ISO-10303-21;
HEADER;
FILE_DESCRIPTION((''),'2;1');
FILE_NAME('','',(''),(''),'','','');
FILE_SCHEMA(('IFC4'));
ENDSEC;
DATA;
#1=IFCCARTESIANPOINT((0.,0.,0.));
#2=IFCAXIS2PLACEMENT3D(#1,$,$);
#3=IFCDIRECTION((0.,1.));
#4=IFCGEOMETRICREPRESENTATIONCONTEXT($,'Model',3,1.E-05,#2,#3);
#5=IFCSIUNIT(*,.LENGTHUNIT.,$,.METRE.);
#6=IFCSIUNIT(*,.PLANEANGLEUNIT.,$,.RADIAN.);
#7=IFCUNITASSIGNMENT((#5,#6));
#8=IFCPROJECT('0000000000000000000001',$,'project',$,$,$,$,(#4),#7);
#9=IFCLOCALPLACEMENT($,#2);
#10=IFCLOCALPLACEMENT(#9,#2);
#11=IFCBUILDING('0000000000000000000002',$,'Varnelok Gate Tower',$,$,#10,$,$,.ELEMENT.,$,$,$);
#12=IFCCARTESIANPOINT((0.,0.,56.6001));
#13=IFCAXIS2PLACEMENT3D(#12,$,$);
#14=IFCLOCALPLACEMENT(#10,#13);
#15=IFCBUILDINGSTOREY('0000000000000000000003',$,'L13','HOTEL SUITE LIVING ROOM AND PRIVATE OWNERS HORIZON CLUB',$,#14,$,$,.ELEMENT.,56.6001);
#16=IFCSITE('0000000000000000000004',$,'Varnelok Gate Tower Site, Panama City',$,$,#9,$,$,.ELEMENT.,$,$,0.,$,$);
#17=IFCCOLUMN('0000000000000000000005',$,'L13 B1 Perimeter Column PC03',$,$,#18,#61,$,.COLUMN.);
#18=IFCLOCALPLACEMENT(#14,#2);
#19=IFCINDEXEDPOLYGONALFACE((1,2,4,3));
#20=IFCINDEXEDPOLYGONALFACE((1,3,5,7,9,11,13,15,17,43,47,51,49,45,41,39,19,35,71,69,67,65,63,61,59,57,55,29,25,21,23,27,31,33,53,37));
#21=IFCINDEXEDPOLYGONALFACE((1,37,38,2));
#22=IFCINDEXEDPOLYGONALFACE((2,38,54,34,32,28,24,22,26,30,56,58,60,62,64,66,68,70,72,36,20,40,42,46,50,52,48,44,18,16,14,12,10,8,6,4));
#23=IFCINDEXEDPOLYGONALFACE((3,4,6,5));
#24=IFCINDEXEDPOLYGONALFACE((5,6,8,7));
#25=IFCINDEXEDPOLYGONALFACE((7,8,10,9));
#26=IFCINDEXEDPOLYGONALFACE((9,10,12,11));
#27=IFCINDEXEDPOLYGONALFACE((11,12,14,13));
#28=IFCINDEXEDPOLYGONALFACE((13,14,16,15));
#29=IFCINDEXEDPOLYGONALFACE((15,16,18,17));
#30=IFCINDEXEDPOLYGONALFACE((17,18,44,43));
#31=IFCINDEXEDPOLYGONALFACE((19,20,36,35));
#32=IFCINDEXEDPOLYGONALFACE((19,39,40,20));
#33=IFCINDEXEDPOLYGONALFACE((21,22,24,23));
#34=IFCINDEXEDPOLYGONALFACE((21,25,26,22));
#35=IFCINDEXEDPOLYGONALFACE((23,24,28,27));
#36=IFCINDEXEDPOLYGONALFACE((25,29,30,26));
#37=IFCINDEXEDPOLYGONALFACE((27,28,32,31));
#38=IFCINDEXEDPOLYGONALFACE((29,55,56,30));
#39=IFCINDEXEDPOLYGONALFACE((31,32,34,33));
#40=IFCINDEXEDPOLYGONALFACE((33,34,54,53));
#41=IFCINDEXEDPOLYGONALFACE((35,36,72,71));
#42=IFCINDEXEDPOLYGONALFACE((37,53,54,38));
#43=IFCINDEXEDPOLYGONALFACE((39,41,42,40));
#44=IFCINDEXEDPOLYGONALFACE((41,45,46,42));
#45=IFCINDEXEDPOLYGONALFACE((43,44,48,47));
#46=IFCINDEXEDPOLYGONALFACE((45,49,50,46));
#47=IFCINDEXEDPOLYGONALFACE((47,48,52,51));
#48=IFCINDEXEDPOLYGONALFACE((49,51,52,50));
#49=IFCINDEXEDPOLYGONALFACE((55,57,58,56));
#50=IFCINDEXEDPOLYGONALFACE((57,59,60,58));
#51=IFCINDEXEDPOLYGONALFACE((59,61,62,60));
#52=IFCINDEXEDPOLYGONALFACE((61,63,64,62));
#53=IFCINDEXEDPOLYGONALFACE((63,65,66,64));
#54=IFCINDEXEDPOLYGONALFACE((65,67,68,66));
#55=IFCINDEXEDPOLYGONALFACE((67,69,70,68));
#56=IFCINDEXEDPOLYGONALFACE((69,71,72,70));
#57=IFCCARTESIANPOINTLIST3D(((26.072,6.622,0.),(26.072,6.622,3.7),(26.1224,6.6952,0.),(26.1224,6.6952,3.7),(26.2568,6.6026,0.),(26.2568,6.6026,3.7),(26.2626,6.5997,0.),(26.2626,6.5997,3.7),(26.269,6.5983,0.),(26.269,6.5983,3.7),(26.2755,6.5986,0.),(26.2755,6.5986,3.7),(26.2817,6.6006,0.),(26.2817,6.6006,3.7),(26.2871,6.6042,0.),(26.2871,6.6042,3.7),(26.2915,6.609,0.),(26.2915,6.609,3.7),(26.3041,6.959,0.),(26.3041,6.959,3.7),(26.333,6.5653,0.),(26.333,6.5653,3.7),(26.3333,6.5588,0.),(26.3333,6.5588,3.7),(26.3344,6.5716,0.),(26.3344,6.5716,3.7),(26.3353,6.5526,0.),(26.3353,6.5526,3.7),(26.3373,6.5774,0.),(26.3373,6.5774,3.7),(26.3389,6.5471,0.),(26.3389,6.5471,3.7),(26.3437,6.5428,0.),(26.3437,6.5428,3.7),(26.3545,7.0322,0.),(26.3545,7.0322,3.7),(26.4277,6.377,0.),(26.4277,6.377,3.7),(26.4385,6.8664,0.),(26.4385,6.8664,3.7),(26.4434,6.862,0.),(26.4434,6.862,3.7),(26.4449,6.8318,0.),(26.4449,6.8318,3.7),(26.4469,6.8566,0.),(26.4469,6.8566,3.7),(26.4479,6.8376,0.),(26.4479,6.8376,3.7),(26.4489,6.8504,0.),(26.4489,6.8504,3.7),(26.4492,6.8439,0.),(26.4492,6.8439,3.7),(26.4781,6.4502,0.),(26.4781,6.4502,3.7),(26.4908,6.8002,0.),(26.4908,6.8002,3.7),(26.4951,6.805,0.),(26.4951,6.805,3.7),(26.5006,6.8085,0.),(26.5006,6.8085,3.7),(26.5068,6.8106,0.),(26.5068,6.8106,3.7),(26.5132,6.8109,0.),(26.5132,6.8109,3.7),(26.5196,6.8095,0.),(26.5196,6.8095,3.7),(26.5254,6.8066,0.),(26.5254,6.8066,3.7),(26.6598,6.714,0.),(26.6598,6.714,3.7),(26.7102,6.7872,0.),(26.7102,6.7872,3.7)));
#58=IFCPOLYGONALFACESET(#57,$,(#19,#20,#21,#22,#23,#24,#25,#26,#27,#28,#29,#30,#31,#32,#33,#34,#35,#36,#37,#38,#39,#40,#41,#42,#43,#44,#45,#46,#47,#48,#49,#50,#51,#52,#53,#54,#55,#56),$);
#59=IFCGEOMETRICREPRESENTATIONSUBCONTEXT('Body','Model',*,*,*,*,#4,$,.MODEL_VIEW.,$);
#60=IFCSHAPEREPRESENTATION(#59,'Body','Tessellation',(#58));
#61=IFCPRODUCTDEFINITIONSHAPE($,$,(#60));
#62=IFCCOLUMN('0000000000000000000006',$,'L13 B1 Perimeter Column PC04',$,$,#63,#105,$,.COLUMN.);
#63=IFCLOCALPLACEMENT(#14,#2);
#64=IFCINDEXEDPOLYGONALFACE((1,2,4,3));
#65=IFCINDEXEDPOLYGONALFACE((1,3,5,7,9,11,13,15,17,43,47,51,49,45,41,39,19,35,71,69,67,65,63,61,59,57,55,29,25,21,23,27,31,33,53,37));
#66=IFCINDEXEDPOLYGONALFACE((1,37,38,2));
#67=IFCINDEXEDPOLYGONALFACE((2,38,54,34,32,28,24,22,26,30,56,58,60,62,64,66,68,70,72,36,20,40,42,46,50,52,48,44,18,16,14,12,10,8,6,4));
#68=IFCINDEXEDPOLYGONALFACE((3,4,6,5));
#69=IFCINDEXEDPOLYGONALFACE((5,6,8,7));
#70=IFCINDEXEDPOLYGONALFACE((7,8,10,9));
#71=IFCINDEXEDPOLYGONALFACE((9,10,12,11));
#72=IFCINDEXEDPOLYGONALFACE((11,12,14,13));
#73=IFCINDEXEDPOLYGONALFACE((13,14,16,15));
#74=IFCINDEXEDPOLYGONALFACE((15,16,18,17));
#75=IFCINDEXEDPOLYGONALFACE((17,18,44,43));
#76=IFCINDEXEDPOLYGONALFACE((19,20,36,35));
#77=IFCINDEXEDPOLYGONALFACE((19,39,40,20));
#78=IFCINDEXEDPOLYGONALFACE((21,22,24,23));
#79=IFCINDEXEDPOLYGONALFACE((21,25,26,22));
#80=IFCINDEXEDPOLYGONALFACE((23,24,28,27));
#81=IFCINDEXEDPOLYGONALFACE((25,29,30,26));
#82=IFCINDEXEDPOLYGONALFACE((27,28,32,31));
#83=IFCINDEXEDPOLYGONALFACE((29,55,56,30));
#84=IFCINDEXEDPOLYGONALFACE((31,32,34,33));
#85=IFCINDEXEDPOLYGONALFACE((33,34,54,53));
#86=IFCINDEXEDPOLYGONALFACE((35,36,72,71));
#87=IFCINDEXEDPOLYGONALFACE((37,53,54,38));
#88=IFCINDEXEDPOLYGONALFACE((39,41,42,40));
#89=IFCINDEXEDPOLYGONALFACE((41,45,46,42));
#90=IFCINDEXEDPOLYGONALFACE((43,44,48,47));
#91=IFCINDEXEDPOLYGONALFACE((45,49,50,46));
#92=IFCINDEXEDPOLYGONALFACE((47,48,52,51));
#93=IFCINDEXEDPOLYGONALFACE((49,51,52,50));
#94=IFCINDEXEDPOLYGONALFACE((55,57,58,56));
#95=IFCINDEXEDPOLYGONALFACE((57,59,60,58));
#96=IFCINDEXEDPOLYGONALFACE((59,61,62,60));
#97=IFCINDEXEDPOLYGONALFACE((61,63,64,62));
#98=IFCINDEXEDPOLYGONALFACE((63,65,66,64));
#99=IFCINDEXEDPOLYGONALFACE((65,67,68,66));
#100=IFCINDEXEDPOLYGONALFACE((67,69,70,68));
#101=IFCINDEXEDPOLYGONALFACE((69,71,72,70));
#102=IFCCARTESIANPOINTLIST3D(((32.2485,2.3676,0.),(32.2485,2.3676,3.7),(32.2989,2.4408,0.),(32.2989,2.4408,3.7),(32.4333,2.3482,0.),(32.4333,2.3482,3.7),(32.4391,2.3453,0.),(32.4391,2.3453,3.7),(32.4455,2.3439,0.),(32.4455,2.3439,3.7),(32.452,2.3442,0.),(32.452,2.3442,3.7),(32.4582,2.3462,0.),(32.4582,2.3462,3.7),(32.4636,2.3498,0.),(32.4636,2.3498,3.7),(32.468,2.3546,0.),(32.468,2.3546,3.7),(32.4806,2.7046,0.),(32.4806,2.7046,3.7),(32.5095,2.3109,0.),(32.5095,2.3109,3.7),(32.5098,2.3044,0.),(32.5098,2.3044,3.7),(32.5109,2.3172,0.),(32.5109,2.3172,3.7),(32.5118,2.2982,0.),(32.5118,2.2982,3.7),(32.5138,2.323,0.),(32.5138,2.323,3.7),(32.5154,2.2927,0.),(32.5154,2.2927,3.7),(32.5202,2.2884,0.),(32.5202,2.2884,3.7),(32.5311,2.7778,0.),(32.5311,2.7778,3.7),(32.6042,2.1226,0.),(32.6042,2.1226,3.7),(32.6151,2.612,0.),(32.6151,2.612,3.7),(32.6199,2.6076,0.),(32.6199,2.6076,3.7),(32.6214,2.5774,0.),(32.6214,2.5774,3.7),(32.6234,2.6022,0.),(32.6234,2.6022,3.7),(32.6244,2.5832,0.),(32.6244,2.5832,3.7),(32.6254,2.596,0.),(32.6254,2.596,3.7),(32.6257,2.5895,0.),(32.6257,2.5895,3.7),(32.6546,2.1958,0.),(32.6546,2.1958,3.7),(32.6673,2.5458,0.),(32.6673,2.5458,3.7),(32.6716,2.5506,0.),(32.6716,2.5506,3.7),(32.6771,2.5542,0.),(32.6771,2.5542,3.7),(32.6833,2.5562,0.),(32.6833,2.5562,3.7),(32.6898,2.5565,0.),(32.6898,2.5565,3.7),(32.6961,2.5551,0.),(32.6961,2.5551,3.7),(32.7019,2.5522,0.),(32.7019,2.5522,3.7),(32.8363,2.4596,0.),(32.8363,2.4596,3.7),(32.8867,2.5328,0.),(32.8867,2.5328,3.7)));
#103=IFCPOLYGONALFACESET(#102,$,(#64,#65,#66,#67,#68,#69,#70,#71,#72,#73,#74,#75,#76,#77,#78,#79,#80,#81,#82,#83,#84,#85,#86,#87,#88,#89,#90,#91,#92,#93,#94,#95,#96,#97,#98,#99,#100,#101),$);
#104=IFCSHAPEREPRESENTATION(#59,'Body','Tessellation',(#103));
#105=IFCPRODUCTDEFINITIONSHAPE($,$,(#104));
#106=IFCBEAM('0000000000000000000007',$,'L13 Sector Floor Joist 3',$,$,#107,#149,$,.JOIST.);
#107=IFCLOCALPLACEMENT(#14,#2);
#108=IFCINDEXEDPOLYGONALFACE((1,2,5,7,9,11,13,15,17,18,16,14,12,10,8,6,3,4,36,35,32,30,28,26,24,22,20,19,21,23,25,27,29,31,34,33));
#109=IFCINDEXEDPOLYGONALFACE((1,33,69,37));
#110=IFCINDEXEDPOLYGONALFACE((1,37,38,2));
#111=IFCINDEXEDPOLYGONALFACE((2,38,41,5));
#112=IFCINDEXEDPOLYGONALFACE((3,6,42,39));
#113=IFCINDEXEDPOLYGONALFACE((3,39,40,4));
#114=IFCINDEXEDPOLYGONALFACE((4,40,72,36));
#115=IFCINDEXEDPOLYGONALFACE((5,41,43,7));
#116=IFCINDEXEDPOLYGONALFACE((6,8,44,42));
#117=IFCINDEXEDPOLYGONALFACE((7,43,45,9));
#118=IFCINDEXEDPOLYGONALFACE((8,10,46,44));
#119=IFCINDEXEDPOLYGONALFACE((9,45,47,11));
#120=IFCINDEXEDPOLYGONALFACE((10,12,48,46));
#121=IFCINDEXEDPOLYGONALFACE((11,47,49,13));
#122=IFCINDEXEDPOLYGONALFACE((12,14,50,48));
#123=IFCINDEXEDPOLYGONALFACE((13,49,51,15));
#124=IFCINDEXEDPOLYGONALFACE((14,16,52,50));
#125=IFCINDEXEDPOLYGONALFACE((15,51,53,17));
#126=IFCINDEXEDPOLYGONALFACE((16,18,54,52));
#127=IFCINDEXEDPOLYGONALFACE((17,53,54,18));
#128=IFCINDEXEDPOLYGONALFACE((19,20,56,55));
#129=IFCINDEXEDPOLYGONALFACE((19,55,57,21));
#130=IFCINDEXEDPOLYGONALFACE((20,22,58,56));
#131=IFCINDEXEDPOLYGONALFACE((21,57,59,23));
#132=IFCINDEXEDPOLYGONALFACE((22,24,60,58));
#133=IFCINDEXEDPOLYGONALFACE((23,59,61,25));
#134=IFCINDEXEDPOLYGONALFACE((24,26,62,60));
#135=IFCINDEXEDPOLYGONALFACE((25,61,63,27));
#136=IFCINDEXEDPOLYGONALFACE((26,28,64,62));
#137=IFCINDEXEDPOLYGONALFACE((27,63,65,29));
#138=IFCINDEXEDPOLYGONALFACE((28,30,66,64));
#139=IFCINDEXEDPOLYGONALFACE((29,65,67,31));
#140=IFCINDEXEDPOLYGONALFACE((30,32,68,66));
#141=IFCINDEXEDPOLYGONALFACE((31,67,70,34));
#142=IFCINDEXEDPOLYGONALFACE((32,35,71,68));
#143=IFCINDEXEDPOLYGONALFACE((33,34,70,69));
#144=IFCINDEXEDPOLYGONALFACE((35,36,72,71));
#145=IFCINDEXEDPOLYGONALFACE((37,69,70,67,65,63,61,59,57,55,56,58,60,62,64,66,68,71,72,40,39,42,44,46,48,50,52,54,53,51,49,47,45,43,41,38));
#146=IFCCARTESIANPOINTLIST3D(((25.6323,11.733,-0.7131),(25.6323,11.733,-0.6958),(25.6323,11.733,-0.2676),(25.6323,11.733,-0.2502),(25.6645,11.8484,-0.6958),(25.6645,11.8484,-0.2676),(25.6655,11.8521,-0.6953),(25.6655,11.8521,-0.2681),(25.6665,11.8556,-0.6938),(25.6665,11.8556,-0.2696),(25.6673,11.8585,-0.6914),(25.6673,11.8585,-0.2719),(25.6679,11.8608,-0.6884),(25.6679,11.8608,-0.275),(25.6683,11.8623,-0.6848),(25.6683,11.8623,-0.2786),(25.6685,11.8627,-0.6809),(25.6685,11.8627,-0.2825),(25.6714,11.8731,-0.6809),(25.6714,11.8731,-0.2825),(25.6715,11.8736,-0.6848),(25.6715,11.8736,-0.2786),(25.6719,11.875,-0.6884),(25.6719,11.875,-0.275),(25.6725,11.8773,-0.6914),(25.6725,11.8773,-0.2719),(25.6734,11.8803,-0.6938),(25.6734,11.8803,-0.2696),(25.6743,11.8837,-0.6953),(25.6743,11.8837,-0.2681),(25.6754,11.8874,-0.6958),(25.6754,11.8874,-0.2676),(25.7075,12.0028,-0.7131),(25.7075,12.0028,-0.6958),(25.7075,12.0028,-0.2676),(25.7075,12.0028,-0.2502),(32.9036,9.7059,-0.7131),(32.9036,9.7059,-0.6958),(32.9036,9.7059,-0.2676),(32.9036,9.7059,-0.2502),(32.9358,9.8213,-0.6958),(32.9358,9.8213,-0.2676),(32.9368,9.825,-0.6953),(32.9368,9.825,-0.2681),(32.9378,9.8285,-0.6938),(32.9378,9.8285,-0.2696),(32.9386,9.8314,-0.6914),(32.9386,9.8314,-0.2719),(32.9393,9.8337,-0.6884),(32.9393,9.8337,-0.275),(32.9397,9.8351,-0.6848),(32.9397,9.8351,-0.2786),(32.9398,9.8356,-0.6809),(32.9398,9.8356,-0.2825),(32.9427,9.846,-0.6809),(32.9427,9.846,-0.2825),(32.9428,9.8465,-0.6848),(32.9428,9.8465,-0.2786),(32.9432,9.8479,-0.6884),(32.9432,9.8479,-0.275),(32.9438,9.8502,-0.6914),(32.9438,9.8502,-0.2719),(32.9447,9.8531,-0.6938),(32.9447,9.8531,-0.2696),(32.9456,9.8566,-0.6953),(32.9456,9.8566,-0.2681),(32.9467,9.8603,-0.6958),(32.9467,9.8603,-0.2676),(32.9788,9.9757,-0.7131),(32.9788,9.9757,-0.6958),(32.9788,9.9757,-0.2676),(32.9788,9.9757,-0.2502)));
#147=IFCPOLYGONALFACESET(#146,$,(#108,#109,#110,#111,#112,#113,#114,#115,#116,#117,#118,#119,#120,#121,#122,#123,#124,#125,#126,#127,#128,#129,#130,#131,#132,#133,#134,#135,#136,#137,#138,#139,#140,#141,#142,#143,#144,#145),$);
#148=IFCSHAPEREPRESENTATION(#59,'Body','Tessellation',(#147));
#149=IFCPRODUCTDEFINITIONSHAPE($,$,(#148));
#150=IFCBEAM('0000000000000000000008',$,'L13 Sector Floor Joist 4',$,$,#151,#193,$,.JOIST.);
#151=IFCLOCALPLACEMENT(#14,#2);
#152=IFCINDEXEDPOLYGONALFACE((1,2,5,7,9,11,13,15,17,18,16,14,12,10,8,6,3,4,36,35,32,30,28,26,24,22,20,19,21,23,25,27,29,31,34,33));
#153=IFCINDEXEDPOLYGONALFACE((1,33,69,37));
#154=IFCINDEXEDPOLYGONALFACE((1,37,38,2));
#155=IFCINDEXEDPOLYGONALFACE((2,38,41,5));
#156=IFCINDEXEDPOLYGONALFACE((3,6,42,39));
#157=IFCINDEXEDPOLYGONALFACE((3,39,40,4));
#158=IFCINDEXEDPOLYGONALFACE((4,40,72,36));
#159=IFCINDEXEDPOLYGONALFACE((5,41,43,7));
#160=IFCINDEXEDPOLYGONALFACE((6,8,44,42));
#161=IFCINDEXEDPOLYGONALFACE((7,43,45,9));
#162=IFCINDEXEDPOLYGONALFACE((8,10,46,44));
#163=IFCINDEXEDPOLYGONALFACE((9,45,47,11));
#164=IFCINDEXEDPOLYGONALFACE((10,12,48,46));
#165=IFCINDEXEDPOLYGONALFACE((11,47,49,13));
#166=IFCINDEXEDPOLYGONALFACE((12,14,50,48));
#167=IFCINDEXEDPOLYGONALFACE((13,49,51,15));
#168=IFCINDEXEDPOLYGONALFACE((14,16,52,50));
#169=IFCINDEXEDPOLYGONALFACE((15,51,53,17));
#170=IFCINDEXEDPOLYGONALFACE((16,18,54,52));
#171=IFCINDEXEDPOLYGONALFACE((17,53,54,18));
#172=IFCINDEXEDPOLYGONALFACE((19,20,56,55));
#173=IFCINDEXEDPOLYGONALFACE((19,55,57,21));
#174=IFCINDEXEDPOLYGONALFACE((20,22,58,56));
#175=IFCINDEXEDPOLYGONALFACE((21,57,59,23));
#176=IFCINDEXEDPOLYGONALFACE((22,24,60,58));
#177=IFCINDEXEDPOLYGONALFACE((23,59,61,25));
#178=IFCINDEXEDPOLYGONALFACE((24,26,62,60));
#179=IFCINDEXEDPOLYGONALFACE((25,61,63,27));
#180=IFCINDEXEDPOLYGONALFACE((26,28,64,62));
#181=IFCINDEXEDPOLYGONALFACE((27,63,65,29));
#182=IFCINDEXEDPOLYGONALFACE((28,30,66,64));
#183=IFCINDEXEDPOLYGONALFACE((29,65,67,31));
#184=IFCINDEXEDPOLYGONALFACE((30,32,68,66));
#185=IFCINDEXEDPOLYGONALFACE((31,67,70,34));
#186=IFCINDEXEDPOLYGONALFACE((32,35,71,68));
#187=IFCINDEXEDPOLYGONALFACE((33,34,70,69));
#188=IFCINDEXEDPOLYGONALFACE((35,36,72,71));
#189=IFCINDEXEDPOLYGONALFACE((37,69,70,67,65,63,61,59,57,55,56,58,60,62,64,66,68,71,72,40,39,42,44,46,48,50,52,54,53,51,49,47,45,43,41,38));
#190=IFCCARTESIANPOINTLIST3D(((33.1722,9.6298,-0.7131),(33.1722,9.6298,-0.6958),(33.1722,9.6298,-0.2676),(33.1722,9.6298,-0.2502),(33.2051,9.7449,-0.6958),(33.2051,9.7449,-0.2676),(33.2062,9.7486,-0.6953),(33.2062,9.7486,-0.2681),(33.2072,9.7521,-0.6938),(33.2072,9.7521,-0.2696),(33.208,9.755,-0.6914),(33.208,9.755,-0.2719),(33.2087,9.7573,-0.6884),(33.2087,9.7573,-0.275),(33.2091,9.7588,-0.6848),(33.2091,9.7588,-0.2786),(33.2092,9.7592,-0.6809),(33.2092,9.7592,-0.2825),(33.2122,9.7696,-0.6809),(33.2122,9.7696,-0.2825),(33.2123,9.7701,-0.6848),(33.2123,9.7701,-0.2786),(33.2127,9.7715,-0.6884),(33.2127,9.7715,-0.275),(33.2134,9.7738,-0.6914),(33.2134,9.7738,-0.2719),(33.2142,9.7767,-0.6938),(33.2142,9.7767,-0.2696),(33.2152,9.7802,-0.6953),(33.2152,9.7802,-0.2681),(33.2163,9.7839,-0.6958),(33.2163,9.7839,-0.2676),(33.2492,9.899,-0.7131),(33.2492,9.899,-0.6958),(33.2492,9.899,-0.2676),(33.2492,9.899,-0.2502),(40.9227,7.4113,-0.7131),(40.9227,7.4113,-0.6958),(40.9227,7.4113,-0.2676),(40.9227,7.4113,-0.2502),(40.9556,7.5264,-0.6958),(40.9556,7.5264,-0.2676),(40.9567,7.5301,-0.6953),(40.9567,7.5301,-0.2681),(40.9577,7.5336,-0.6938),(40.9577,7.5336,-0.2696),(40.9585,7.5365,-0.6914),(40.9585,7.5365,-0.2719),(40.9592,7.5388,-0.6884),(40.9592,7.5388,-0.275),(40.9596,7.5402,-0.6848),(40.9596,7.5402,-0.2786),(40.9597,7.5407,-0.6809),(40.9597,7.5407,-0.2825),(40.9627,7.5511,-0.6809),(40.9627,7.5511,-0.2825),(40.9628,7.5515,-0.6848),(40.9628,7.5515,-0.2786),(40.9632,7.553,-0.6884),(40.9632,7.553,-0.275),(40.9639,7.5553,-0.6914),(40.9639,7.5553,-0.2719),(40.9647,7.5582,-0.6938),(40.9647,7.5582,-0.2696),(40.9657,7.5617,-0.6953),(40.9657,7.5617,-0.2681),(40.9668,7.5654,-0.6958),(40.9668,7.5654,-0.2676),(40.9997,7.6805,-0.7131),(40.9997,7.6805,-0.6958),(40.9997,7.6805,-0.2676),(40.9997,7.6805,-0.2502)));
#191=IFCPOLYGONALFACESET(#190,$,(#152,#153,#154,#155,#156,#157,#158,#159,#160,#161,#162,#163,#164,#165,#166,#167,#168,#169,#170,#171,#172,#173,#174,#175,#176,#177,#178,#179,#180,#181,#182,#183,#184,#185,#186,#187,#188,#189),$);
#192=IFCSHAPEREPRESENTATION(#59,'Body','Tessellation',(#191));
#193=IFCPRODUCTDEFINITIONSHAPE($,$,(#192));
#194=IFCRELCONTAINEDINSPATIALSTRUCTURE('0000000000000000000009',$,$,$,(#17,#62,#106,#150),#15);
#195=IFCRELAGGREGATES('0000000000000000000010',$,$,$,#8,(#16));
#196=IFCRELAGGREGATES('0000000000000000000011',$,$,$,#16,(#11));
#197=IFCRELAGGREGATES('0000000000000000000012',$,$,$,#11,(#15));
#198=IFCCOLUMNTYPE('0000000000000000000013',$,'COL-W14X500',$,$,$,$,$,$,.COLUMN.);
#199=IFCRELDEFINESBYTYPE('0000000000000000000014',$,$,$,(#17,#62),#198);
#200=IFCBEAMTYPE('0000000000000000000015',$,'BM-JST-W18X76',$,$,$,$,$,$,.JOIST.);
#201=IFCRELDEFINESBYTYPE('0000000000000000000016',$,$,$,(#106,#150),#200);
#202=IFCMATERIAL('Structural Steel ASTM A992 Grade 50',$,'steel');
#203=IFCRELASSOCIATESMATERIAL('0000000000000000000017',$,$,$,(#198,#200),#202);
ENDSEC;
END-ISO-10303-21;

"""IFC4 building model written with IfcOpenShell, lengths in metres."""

from ifc_helpers import new_model, si_unit, direction, frame, origin, origin_2d, place, context, subcontext, project, spatial, i_section, extrude, material, material_profile, profile_set, type_object, element, save


model = new_model("IFC4")

# Units and contexts
model_context = context("Model", 3, precision=1e-05, world=origin(), true_north=direction((0.0, 1.0)))
body_context = subcontext(model_context, "Body", "Model", "MODEL_VIEW")
ifc_project = project(units=[si_unit("LENGTHUNIT", "METRE"), si_unit("PLANEANGLEUNIT", "RADIAN")], contexts=[model_context])

# Site, building, storey
site_placement = place(None, origin())
site = spatial("IfcSite", under=ifc_project, at=site_placement, Name="Varnelok Gate Tower Site, Panama City", CompositionType="ELEMENT", RefElevation=0.0)
building_placement = place(site_placement, origin())
building = spatial("IfcBuilding", under=site, at=building_placement, Name="Varnelok Gate Tower", CompositionType="ELEMENT")
storey_placement = place(building_placement, frame((0.0, 0.0, 56.6001)))
storey = spatial("IfcBuildingStorey", under=building, at=storey_placement, Name="L13", Description="HOTEL SUITE LIVING ROOM AND PRIVATE OWNERS HORIZON CLUB", CompositionType="ELEMENT", Elevation=56.6001)

# Columns
ifc_material_1 = material(Name="Structural Steel ASTM A992 Grade 50", Category="steel")
ifc_material_profile_1 = material_profile(ifc_material_1, i_section(OverallWidth=0.4319, OverallDepth=0.498, WebThickness=0.0557, FlangeThickness=0.0889, FilletRadius=0.0249, at=origin_2d()), Name="W14X500")
ifc_profile_set_1 = profile_set([ifc_material_profile_1], Name="Structural Steel ASTM A992 Grade 50")
column_type = type_object("IfcColumnType", Name="COL-W14X500", PredefinedType="COLUMN", material=ifc_profile_set_1)
for number, where, z_axis, x_axis, name in (
    (1, (26.3911, 6.7046, 0.0), (0.0, 0.0, 1.0), (0.823533, -0.567269, 0.0), "L13 B1 Perimeter Column PC03"),
    (2, (32.5676, 2.4502, 0.0), (0.0, 0.0, 1.0), (0.823533, -0.567269, 0.0), "L13 B1 Perimeter Column PC04"),
):
    element("IfcColumn", number, at=place(storey_placement, frame(where, z_axis=z_axis, x_axis=x_axis)), inside=storey, type_object=column_type, Name=name, PredefinedType="COLUMN", context=body_context, shape_type="SweptSolid", body=[
        extrude(i_section(OverallWidth=0.4319, OverallDepth=0.498, WebThickness=0.0557, FlangeThickness=0.0889, FilletRadius=0.0249, at=origin_2d()), origin(), (0.0, 0.0, 1.0), 3.7),
    ])

# Beams
ifc_material_profile_2 = material_profile(ifc_material_1, i_section(OverallWidth=0.28, OverallDepth=0.4629, WebThickness=0.0107, FlangeThickness=0.0173, FilletRadius=0.0149, at=origin_2d()), Name="W18X76")
ifc_profile_set_2 = profile_set([ifc_material_profile_2], Name="Structural Steel ASTM A992 Grade 50")
beam_type_1 = type_object("IfcBeamType", Name="BM-JST-W18X76", PredefinedType="JOIST", material=ifc_profile_set_2)
beam_1_placement = place(storey_placement, frame((25.6699, 11.8679, -0.4817), z_axis=(0.963268, -0.268543, 0.0), x_axis=(0.268543, 0.963268, 0.0)))
element("IfcBeam", 3, at=beam_1_placement, inside=storey, type_object=beam_type_1, Name="L13 Sector Floor Joist 3", PredefinedType="JOIST", context=body_context, shape_type="SweptSolid", body=[
    extrude(i_section(OverallWidth=0.28, OverallDepth=0.4629, WebThickness=0.0107, FlangeThickness=0.0173, FilletRadius=0.0149, at=origin_2d()), origin(), (0.0, 0.0, 1.0), 7.5486),
])
beam_2_placement = place(storey_placement, frame((33.2107, 9.7644, -0.4817), z_axis=(0.96139, -0.275189, 0.0), x_axis=(0.275189, 0.96139, 0.0)))
element("IfcBeam", 4, at=beam_2_placement, inside=storey, type_object=beam_type_1, Name="L13 Sector Floor Joist 4", PredefinedType="JOIST", context=body_context, shape_type="SweptSolid", body=[
    extrude(i_section(OverallWidth=0.28, OverallDepth=0.4629, WebThickness=0.0107, FlangeThickness=0.0173, FilletRadius=0.0149, at=origin_2d()), origin(), (0.0, 0.0, 1.0), 8.0618),
])

save(model, "model.ifc")
